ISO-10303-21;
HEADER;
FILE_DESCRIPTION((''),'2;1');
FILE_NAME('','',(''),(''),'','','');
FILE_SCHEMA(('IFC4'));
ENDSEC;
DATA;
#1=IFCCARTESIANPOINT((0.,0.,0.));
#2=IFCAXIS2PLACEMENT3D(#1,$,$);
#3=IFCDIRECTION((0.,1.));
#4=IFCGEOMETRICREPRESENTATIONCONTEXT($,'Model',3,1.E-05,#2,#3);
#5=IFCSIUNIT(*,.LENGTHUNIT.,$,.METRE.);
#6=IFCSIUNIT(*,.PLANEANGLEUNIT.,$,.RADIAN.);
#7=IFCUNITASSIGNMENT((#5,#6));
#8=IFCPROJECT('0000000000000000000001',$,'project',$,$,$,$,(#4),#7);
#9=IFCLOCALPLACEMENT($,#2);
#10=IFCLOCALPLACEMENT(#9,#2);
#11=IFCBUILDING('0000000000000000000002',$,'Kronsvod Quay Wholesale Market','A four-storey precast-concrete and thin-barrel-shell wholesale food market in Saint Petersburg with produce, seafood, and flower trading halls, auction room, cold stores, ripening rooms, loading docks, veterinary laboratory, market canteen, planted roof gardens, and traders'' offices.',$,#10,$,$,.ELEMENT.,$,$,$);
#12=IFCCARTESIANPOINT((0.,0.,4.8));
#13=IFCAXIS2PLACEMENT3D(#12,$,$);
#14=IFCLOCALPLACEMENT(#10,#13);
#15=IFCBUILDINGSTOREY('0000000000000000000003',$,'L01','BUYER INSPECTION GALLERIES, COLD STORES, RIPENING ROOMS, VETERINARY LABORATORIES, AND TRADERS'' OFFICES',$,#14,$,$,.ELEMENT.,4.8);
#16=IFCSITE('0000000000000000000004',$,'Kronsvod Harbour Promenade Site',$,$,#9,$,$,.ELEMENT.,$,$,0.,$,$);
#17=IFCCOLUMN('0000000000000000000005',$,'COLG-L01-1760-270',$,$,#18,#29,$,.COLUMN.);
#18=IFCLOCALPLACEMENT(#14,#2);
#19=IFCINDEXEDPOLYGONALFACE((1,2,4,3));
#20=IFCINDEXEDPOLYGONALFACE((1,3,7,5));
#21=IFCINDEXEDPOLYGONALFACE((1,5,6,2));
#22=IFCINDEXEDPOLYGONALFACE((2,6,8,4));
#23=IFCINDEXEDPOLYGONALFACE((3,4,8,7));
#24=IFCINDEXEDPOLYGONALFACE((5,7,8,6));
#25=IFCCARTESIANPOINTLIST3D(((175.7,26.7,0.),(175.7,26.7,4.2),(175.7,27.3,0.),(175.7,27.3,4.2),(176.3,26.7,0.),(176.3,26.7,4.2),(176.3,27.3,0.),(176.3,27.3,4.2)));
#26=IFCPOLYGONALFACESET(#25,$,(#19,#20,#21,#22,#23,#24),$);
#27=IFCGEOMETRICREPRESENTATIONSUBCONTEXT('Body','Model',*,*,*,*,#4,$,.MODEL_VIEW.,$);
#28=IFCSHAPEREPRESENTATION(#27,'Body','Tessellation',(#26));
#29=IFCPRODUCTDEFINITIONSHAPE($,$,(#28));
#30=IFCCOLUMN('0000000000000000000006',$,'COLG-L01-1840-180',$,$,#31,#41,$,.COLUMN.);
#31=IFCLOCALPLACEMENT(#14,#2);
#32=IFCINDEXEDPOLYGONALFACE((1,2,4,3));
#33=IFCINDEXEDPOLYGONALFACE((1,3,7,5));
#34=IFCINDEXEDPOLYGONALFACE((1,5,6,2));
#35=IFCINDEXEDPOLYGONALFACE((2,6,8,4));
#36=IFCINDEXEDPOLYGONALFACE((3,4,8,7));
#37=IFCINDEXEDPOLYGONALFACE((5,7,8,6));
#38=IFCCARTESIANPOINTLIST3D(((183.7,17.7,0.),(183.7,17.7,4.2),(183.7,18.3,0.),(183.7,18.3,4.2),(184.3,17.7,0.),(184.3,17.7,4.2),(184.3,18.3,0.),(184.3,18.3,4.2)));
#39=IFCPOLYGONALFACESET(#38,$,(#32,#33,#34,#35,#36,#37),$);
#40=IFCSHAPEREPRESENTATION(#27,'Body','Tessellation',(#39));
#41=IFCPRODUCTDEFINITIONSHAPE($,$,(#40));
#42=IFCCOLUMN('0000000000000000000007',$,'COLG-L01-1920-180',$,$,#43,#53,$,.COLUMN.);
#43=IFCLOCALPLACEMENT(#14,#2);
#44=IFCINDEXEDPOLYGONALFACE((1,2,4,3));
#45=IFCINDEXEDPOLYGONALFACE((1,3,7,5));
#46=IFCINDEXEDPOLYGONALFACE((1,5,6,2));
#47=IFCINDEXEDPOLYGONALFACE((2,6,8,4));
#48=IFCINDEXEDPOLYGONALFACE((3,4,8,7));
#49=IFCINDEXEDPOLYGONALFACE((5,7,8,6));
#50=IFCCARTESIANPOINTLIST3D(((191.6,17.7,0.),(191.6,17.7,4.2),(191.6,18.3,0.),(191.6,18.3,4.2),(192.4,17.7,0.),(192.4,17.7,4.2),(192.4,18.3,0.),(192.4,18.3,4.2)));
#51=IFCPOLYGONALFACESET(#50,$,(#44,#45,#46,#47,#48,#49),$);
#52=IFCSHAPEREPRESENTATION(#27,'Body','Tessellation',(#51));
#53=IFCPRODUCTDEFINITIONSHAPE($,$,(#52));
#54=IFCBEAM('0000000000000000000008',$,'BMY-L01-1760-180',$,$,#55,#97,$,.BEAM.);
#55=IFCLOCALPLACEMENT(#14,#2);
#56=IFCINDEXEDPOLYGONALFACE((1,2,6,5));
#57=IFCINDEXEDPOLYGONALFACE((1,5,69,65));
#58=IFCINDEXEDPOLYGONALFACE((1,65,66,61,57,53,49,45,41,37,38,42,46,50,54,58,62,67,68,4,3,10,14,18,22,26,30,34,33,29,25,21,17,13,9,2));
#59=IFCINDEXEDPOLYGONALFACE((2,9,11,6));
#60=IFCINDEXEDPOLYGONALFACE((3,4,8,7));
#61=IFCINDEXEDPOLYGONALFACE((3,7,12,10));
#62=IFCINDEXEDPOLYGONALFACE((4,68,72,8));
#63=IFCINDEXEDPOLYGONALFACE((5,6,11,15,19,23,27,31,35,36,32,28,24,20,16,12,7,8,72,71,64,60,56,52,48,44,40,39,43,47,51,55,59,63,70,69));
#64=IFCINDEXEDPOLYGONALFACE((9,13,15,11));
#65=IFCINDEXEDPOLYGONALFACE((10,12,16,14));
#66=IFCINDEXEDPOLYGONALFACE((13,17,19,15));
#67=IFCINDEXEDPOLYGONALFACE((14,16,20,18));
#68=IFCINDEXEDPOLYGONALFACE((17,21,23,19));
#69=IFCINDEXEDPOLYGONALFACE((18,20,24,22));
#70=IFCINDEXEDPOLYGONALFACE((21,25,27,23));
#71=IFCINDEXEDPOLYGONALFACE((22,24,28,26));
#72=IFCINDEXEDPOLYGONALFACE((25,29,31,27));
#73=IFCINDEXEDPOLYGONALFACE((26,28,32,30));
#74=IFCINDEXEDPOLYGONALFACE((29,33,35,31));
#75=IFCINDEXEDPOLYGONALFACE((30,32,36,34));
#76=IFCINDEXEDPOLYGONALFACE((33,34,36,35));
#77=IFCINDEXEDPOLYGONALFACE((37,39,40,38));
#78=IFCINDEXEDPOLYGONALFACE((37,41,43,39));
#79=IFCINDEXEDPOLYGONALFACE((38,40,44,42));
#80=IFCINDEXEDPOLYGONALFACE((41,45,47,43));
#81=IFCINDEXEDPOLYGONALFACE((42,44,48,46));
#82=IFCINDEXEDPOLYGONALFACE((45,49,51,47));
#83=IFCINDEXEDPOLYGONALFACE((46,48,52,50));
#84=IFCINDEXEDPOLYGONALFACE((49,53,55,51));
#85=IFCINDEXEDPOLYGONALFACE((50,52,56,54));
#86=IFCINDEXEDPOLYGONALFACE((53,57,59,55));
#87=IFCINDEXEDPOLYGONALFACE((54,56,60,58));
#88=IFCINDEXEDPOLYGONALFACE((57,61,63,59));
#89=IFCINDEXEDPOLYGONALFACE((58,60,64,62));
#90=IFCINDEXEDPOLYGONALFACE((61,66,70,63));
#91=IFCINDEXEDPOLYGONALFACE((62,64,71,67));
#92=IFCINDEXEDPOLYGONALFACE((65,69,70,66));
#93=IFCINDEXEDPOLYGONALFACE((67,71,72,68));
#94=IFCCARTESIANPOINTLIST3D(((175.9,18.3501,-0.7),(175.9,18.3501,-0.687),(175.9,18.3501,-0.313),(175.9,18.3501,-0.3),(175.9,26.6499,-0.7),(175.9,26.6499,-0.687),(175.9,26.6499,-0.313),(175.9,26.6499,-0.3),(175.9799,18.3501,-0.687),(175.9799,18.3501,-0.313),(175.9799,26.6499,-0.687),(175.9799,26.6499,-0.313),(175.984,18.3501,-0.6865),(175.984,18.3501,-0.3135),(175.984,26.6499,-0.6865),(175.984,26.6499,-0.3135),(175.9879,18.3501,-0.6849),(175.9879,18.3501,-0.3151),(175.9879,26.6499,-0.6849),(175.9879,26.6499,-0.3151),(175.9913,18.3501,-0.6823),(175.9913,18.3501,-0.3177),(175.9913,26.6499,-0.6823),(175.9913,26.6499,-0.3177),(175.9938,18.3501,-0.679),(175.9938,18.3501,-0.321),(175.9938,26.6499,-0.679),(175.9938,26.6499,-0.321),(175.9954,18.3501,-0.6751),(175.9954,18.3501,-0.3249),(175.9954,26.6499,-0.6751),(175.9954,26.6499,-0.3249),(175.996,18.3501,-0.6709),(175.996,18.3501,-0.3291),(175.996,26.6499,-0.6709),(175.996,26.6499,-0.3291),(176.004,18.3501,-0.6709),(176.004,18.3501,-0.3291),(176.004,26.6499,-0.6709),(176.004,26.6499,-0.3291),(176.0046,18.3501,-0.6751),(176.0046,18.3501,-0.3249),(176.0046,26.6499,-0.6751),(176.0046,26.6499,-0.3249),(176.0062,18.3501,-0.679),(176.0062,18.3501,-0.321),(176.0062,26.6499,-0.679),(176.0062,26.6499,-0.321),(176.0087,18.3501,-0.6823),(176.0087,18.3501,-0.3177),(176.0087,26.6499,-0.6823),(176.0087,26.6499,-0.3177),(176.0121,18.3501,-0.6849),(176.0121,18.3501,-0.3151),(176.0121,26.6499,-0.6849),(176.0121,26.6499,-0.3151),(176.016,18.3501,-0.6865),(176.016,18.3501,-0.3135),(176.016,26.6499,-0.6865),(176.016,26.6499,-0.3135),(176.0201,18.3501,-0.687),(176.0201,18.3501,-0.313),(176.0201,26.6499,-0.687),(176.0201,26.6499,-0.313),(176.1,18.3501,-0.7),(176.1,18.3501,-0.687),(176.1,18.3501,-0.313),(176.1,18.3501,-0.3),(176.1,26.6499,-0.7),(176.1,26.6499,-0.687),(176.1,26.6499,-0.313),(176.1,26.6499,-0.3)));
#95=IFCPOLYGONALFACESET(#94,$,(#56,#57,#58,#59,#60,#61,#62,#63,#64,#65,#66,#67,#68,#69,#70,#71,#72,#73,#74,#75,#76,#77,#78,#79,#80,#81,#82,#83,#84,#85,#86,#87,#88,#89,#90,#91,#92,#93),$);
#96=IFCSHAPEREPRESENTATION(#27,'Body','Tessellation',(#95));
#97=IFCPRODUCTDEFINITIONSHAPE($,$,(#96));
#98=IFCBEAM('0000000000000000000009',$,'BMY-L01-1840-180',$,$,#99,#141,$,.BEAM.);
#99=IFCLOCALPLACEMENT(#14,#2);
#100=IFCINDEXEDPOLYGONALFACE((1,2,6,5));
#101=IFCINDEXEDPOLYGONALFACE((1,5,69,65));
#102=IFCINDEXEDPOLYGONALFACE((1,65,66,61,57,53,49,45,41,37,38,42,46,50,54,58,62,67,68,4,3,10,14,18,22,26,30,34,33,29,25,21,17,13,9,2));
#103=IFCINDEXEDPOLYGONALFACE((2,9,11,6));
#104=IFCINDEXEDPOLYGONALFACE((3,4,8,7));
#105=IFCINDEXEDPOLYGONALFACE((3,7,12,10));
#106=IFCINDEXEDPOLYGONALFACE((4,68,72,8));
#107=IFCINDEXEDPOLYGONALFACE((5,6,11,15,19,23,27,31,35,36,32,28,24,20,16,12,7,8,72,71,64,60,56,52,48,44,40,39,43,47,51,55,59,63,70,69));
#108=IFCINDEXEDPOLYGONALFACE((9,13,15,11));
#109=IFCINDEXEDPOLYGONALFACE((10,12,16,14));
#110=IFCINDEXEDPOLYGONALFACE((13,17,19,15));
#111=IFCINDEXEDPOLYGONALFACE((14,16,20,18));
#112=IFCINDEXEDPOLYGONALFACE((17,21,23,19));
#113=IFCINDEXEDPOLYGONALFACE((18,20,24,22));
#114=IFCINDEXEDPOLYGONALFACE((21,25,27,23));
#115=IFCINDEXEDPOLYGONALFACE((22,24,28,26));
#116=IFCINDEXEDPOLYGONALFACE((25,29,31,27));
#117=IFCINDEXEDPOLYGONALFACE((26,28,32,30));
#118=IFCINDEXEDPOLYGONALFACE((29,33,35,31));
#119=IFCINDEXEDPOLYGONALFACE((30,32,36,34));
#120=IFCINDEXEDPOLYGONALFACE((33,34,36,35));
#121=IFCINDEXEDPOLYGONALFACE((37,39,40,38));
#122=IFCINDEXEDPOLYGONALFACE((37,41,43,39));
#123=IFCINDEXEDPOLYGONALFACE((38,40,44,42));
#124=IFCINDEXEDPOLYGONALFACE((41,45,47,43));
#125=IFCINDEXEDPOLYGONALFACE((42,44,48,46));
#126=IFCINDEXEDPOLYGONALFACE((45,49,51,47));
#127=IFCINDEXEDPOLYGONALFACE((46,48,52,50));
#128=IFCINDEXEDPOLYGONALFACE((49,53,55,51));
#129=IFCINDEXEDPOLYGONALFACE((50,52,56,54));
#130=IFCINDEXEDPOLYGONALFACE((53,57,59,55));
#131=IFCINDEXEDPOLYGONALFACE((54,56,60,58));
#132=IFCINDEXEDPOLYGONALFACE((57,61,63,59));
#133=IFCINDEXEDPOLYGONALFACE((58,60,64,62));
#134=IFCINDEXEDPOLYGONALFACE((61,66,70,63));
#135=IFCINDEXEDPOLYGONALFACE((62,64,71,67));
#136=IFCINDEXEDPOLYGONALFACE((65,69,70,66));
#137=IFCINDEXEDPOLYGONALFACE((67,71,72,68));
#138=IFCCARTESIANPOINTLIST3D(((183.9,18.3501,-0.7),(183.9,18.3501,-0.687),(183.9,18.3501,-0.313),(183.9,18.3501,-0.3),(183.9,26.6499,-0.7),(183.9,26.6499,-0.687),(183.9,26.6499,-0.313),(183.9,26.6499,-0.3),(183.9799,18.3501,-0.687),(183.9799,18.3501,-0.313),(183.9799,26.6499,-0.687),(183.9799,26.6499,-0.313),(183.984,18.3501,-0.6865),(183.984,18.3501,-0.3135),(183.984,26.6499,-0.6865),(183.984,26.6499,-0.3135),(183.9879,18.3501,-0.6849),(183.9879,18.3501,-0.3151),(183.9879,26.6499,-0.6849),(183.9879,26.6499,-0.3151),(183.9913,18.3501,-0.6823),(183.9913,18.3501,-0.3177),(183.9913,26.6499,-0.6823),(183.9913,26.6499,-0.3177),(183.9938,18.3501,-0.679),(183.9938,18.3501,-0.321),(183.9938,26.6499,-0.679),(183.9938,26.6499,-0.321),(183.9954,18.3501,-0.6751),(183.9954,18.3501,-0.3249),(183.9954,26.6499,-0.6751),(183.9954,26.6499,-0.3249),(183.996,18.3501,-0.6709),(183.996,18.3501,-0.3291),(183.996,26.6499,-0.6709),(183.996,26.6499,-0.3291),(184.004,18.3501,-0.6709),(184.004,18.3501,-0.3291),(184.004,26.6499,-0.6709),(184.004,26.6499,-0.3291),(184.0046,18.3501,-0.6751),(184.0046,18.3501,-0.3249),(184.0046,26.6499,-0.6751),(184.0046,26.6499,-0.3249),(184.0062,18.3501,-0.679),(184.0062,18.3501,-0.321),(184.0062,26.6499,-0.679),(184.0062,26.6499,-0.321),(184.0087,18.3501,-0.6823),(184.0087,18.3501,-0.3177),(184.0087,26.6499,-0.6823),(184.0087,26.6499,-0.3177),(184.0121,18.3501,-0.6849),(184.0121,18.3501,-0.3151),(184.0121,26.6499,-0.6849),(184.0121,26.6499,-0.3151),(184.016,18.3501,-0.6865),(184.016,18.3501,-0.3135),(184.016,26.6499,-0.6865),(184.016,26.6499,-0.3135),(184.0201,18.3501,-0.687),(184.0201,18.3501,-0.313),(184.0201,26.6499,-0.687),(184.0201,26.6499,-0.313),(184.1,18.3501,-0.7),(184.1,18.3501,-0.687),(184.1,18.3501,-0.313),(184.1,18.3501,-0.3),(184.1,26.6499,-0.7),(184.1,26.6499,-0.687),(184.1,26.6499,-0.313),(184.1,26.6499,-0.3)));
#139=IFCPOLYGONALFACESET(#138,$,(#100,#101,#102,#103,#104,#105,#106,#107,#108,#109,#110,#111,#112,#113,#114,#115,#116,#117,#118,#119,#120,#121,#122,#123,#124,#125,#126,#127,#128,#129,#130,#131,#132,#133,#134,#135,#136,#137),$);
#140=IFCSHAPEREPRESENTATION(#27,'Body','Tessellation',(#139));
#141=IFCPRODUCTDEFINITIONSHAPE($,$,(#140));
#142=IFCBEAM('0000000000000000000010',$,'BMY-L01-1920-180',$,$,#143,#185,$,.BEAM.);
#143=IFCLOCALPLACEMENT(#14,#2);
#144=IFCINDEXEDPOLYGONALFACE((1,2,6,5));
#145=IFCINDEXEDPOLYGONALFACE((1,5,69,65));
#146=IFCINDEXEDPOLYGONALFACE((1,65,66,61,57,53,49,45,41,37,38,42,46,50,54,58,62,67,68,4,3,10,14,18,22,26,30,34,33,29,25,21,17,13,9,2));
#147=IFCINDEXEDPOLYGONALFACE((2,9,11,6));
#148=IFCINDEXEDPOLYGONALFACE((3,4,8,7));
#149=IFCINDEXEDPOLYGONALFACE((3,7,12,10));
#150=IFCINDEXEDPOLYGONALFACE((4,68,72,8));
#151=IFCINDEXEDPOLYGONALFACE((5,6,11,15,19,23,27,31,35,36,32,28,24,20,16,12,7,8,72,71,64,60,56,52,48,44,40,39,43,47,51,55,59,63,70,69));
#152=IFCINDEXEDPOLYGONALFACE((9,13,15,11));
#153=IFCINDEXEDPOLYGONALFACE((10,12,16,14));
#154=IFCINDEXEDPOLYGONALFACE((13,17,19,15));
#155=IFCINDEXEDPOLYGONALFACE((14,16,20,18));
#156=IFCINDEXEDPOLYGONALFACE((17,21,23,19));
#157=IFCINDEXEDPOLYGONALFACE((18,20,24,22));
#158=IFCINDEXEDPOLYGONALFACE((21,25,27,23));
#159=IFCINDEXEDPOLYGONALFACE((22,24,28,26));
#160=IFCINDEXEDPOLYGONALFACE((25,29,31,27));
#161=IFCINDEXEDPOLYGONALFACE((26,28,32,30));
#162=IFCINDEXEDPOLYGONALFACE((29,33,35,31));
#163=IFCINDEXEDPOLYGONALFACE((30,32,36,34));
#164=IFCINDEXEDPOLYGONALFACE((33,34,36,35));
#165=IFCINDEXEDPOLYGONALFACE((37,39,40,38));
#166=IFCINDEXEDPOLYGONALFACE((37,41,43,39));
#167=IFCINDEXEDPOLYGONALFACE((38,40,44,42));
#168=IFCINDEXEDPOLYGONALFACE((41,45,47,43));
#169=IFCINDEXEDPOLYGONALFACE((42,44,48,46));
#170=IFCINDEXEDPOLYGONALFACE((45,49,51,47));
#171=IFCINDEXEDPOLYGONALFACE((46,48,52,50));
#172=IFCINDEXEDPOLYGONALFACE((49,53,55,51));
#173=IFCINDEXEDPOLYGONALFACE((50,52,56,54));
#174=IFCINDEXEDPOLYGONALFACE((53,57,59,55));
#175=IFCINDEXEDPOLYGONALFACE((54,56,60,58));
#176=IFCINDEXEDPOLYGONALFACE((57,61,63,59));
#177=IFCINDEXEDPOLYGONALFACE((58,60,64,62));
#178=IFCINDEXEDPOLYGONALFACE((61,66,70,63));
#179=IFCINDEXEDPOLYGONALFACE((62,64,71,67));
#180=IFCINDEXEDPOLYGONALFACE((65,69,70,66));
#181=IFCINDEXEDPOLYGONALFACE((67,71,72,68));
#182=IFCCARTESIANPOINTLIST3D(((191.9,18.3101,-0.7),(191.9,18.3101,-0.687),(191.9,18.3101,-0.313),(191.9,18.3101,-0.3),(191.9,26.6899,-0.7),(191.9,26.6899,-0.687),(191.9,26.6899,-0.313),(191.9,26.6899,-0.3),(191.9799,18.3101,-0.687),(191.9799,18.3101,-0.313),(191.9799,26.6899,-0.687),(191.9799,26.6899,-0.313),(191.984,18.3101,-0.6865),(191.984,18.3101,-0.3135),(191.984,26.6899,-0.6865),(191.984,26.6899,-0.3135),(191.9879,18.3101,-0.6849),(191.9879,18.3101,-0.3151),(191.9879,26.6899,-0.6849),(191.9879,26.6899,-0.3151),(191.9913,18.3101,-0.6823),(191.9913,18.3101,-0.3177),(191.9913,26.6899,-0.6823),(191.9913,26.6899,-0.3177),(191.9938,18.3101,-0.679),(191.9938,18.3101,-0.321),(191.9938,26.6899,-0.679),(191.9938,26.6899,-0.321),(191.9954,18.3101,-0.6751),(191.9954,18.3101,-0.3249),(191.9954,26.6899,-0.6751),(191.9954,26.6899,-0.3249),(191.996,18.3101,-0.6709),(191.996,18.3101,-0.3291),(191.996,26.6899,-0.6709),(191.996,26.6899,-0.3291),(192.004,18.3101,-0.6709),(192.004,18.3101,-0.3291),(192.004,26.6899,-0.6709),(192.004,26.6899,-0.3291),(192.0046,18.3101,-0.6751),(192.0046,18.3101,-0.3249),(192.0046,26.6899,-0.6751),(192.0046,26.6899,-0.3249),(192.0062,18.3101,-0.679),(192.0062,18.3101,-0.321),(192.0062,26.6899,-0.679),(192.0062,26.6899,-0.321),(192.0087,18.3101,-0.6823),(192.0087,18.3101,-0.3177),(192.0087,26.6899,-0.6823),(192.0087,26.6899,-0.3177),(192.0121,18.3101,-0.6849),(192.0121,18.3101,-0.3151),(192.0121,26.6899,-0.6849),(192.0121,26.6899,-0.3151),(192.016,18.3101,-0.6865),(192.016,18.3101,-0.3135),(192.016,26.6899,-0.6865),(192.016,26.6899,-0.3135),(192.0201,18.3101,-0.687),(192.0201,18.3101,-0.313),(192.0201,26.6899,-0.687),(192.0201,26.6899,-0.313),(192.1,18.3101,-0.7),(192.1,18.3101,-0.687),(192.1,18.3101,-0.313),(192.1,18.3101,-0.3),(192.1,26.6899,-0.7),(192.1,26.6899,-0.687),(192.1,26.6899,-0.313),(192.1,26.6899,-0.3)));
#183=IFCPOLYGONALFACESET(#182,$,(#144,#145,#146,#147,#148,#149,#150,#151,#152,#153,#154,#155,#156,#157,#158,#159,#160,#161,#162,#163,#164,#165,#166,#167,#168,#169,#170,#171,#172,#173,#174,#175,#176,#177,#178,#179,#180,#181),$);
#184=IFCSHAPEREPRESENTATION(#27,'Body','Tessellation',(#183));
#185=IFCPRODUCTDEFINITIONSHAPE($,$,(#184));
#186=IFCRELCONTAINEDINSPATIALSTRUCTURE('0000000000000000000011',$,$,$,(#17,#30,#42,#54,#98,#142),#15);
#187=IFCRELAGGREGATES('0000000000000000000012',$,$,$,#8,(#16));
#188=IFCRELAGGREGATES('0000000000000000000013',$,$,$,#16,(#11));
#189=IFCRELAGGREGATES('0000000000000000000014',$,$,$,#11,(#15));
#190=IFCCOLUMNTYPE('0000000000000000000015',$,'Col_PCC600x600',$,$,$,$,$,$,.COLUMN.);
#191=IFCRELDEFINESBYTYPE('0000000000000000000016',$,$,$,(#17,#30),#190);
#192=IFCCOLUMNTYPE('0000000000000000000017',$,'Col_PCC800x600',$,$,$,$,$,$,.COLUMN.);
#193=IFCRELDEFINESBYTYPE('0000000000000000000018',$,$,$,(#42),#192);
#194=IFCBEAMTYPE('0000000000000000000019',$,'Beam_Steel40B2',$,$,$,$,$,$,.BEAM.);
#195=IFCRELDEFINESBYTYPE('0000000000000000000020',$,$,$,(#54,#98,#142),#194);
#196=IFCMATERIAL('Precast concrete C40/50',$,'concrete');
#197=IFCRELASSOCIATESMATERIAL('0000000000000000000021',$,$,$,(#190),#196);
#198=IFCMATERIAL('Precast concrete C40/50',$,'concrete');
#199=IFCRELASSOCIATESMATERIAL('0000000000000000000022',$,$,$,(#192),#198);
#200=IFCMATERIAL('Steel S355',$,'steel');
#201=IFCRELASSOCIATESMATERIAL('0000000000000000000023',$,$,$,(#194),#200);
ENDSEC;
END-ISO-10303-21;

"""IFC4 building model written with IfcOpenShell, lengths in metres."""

from ifc_helpers import new_model, si_unit, direction, frame, origin, origin_2d, place, context, subcontext, project, spatial, rectangle, i_section, extrude, material, material_profile, profile_set, type_object, element, save


model = new_model("IFC4")

# Units and contexts
model_context = context("Model", 3, precision=1e-05, world=origin(), true_north=direction((0.0, 1.0)))
body_context = subcontext(model_context, "Body", "Model", "MODEL_VIEW")
ifc_project = project(units=[si_unit("LENGTHUNIT", "METRE"), si_unit("PLANEANGLEUNIT", "RADIAN")], contexts=[model_context])

# Site, building, storey
site_placement = place(None, origin())
site = spatial("IfcSite", under=ifc_project, at=site_placement, Name="Kronsvod Harbour Promenade Site", CompositionType="ELEMENT", RefElevation=0.0)
building_placement = place(site_placement, origin())
building = spatial("IfcBuilding", under=site, at=building_placement, Name="Kronsvod Quay Wholesale Market", Description="A four-storey precast-concrete and thin-barrel-shell wholesale food market in Saint Petersburg with produce, seafood, and flower trading halls, auction room, cold stores, ripening rooms, loading docks, veterinary laboratory, market canteen, planted roof gardens, and traders' offices.", CompositionType="ELEMENT")
storey_placement = place(building_placement, frame((0.0, 0.0, 4.8)))
storey = spatial("IfcBuildingStorey", under=building, at=storey_placement, Name="L01", Description="BUYER INSPECTION GALLERIES, COLD STORES, RIPENING ROOMS, VETERINARY LABORATORIES, AND TRADERS' OFFICES", CompositionType="ELEMENT", Elevation=4.8)

# Columns
ifc_material_1 = material(Name="Precast concrete C40/50", Category="concrete")
ifc_material_profile_1 = material_profile(ifc_material_1, rectangle(XDim=0.6001, YDim=0.6001, at=origin_2d()), Name="PCC600x600")
ifc_profile_set_1 = profile_set([ifc_material_profile_1], Name="Precast concrete C40/50")
column_type_1 = type_object("IfcColumnType", Name="Col_PCC600x600", PredefinedType="COLUMN", material=ifc_profile_set_1)
for number, where, z_axis, x_axis, name in (
    (1, (176.0, 27.0, 0.0), (0.0, 0.0, 1.0), (1.0, 0.0, 0.0), "COLG-L01-1760-270"),
    (2, (184.0, 18.0, 0.0), (0.0, 0.0, 1.0), (1.0, 0.0, 0.0), "COLG-L01-1840-180"),
):
    element("IfcColumn", number, at=place(storey_placement, frame(where, z_axis=z_axis, x_axis=x_axis)), inside=storey, type_object=column_type_1, Name=name, PredefinedType="COLUMN", context=body_context, shape_type="SweptSolid", body=[
        extrude(rectangle(XDim=0.6001, YDim=0.6001, at=origin_2d()), origin(), (0.0, 0.0, 1.0), 4.2),
    ])
ifc_material_2 = material(Name="Precast concrete C40/50", Category="concrete")
ifc_material_profile_2 = material_profile(ifc_material_2, rectangle(XDim=0.8, YDim=0.6001, at=origin_2d()), Name="PCC800x600")
ifc_profile_set_2 = profile_set([ifc_material_profile_2], Name="Precast concrete C40/50")
column_type_2 = type_object("IfcColumnType", Name="Col_PCC800x600", PredefinedType="COLUMN", material=ifc_profile_set_2)
column_placement = place(storey_placement, frame((192.0, 18.0, 0.0), z_axis=(0.0, 0.0, 1.0), x_axis=(1.0, 0.0, 0.0)))
element("IfcColumn", 3, at=column_placement, inside=storey, type_object=column_type_2, Name="COLG-L01-1920-180", PredefinedType="COLUMN", context=body_context, shape_type="SweptSolid", body=[
    extrude(rectangle(XDim=0.8, YDim=0.6001, at=origin_2d()), origin(), (0.0, 0.0, 1.0), 4.2),
])

# Beams
ifc_material_3 = material(Name="Steel S355", Category="steel")
ifc_material_profile_3 = material_profile(ifc_material_3, i_section(OverallWidth=0.2, OverallDepth=0.3999, WebThickness=0.0081, FlangeThickness=0.0129, FilletRadius=0.0161, at=origin_2d()), Name="40B2")
ifc_profile_set_3 = profile_set([ifc_material_profile_3], Name="Steel S355")
beam_type_1 = type_object("IfcBeamType", Name="Beam_Steel40B2", PredefinedType="BEAM", material=ifc_profile_set_3)
for number, where, z_axis, x_axis, name in (
    (4, (176.0, 18.3501, -0.5), (0.0, 1.0, 0.0), (-1.0, 0.0, 0.0), "BMY-L01-1760-180"),
    (5, (184.0, 18.3501, -0.5), (0.0, 1.0, 0.0), (-1.0, 0.0, 0.0), "BMY-L01-1840-180"),
):
    element("IfcBeam", number, at=place(storey_placement, frame(where, z_axis=z_axis, x_axis=x_axis)), inside=storey, type_object=beam_type_1, Name=name, PredefinedType="BEAM", context=body_context, shape_type="SweptSolid", body=[
        extrude(i_section(OverallWidth=0.2, OverallDepth=0.3999, WebThickness=0.0081, FlangeThickness=0.0129, FilletRadius=0.0161, at=origin_2d()), origin(), (0.0, 0.0, 1.0), 8.2998),
    ])
beam_1_placement = place(storey_placement, frame((192.0, 18.3101, -0.5), z_axis=(0.0, 1.0, 0.0), x_axis=(-1.0, 0.0, 0.0)))
element("IfcBeam", 6, at=beam_1_placement, inside=storey, type_object=beam_type_1, Name="BMY-L01-1920-180", PredefinedType="BEAM", context=body_context, shape_type="SweptSolid", body=[
    extrude(i_section(OverallWidth=0.2, OverallDepth=0.3999, WebThickness=0.0081, FlangeThickness=0.0129, FilletRadius=0.0161, at=origin_2d()), origin(), (0.0, 0.0, 1.0), 8.3799),
])

save(model, "model.ifc")
